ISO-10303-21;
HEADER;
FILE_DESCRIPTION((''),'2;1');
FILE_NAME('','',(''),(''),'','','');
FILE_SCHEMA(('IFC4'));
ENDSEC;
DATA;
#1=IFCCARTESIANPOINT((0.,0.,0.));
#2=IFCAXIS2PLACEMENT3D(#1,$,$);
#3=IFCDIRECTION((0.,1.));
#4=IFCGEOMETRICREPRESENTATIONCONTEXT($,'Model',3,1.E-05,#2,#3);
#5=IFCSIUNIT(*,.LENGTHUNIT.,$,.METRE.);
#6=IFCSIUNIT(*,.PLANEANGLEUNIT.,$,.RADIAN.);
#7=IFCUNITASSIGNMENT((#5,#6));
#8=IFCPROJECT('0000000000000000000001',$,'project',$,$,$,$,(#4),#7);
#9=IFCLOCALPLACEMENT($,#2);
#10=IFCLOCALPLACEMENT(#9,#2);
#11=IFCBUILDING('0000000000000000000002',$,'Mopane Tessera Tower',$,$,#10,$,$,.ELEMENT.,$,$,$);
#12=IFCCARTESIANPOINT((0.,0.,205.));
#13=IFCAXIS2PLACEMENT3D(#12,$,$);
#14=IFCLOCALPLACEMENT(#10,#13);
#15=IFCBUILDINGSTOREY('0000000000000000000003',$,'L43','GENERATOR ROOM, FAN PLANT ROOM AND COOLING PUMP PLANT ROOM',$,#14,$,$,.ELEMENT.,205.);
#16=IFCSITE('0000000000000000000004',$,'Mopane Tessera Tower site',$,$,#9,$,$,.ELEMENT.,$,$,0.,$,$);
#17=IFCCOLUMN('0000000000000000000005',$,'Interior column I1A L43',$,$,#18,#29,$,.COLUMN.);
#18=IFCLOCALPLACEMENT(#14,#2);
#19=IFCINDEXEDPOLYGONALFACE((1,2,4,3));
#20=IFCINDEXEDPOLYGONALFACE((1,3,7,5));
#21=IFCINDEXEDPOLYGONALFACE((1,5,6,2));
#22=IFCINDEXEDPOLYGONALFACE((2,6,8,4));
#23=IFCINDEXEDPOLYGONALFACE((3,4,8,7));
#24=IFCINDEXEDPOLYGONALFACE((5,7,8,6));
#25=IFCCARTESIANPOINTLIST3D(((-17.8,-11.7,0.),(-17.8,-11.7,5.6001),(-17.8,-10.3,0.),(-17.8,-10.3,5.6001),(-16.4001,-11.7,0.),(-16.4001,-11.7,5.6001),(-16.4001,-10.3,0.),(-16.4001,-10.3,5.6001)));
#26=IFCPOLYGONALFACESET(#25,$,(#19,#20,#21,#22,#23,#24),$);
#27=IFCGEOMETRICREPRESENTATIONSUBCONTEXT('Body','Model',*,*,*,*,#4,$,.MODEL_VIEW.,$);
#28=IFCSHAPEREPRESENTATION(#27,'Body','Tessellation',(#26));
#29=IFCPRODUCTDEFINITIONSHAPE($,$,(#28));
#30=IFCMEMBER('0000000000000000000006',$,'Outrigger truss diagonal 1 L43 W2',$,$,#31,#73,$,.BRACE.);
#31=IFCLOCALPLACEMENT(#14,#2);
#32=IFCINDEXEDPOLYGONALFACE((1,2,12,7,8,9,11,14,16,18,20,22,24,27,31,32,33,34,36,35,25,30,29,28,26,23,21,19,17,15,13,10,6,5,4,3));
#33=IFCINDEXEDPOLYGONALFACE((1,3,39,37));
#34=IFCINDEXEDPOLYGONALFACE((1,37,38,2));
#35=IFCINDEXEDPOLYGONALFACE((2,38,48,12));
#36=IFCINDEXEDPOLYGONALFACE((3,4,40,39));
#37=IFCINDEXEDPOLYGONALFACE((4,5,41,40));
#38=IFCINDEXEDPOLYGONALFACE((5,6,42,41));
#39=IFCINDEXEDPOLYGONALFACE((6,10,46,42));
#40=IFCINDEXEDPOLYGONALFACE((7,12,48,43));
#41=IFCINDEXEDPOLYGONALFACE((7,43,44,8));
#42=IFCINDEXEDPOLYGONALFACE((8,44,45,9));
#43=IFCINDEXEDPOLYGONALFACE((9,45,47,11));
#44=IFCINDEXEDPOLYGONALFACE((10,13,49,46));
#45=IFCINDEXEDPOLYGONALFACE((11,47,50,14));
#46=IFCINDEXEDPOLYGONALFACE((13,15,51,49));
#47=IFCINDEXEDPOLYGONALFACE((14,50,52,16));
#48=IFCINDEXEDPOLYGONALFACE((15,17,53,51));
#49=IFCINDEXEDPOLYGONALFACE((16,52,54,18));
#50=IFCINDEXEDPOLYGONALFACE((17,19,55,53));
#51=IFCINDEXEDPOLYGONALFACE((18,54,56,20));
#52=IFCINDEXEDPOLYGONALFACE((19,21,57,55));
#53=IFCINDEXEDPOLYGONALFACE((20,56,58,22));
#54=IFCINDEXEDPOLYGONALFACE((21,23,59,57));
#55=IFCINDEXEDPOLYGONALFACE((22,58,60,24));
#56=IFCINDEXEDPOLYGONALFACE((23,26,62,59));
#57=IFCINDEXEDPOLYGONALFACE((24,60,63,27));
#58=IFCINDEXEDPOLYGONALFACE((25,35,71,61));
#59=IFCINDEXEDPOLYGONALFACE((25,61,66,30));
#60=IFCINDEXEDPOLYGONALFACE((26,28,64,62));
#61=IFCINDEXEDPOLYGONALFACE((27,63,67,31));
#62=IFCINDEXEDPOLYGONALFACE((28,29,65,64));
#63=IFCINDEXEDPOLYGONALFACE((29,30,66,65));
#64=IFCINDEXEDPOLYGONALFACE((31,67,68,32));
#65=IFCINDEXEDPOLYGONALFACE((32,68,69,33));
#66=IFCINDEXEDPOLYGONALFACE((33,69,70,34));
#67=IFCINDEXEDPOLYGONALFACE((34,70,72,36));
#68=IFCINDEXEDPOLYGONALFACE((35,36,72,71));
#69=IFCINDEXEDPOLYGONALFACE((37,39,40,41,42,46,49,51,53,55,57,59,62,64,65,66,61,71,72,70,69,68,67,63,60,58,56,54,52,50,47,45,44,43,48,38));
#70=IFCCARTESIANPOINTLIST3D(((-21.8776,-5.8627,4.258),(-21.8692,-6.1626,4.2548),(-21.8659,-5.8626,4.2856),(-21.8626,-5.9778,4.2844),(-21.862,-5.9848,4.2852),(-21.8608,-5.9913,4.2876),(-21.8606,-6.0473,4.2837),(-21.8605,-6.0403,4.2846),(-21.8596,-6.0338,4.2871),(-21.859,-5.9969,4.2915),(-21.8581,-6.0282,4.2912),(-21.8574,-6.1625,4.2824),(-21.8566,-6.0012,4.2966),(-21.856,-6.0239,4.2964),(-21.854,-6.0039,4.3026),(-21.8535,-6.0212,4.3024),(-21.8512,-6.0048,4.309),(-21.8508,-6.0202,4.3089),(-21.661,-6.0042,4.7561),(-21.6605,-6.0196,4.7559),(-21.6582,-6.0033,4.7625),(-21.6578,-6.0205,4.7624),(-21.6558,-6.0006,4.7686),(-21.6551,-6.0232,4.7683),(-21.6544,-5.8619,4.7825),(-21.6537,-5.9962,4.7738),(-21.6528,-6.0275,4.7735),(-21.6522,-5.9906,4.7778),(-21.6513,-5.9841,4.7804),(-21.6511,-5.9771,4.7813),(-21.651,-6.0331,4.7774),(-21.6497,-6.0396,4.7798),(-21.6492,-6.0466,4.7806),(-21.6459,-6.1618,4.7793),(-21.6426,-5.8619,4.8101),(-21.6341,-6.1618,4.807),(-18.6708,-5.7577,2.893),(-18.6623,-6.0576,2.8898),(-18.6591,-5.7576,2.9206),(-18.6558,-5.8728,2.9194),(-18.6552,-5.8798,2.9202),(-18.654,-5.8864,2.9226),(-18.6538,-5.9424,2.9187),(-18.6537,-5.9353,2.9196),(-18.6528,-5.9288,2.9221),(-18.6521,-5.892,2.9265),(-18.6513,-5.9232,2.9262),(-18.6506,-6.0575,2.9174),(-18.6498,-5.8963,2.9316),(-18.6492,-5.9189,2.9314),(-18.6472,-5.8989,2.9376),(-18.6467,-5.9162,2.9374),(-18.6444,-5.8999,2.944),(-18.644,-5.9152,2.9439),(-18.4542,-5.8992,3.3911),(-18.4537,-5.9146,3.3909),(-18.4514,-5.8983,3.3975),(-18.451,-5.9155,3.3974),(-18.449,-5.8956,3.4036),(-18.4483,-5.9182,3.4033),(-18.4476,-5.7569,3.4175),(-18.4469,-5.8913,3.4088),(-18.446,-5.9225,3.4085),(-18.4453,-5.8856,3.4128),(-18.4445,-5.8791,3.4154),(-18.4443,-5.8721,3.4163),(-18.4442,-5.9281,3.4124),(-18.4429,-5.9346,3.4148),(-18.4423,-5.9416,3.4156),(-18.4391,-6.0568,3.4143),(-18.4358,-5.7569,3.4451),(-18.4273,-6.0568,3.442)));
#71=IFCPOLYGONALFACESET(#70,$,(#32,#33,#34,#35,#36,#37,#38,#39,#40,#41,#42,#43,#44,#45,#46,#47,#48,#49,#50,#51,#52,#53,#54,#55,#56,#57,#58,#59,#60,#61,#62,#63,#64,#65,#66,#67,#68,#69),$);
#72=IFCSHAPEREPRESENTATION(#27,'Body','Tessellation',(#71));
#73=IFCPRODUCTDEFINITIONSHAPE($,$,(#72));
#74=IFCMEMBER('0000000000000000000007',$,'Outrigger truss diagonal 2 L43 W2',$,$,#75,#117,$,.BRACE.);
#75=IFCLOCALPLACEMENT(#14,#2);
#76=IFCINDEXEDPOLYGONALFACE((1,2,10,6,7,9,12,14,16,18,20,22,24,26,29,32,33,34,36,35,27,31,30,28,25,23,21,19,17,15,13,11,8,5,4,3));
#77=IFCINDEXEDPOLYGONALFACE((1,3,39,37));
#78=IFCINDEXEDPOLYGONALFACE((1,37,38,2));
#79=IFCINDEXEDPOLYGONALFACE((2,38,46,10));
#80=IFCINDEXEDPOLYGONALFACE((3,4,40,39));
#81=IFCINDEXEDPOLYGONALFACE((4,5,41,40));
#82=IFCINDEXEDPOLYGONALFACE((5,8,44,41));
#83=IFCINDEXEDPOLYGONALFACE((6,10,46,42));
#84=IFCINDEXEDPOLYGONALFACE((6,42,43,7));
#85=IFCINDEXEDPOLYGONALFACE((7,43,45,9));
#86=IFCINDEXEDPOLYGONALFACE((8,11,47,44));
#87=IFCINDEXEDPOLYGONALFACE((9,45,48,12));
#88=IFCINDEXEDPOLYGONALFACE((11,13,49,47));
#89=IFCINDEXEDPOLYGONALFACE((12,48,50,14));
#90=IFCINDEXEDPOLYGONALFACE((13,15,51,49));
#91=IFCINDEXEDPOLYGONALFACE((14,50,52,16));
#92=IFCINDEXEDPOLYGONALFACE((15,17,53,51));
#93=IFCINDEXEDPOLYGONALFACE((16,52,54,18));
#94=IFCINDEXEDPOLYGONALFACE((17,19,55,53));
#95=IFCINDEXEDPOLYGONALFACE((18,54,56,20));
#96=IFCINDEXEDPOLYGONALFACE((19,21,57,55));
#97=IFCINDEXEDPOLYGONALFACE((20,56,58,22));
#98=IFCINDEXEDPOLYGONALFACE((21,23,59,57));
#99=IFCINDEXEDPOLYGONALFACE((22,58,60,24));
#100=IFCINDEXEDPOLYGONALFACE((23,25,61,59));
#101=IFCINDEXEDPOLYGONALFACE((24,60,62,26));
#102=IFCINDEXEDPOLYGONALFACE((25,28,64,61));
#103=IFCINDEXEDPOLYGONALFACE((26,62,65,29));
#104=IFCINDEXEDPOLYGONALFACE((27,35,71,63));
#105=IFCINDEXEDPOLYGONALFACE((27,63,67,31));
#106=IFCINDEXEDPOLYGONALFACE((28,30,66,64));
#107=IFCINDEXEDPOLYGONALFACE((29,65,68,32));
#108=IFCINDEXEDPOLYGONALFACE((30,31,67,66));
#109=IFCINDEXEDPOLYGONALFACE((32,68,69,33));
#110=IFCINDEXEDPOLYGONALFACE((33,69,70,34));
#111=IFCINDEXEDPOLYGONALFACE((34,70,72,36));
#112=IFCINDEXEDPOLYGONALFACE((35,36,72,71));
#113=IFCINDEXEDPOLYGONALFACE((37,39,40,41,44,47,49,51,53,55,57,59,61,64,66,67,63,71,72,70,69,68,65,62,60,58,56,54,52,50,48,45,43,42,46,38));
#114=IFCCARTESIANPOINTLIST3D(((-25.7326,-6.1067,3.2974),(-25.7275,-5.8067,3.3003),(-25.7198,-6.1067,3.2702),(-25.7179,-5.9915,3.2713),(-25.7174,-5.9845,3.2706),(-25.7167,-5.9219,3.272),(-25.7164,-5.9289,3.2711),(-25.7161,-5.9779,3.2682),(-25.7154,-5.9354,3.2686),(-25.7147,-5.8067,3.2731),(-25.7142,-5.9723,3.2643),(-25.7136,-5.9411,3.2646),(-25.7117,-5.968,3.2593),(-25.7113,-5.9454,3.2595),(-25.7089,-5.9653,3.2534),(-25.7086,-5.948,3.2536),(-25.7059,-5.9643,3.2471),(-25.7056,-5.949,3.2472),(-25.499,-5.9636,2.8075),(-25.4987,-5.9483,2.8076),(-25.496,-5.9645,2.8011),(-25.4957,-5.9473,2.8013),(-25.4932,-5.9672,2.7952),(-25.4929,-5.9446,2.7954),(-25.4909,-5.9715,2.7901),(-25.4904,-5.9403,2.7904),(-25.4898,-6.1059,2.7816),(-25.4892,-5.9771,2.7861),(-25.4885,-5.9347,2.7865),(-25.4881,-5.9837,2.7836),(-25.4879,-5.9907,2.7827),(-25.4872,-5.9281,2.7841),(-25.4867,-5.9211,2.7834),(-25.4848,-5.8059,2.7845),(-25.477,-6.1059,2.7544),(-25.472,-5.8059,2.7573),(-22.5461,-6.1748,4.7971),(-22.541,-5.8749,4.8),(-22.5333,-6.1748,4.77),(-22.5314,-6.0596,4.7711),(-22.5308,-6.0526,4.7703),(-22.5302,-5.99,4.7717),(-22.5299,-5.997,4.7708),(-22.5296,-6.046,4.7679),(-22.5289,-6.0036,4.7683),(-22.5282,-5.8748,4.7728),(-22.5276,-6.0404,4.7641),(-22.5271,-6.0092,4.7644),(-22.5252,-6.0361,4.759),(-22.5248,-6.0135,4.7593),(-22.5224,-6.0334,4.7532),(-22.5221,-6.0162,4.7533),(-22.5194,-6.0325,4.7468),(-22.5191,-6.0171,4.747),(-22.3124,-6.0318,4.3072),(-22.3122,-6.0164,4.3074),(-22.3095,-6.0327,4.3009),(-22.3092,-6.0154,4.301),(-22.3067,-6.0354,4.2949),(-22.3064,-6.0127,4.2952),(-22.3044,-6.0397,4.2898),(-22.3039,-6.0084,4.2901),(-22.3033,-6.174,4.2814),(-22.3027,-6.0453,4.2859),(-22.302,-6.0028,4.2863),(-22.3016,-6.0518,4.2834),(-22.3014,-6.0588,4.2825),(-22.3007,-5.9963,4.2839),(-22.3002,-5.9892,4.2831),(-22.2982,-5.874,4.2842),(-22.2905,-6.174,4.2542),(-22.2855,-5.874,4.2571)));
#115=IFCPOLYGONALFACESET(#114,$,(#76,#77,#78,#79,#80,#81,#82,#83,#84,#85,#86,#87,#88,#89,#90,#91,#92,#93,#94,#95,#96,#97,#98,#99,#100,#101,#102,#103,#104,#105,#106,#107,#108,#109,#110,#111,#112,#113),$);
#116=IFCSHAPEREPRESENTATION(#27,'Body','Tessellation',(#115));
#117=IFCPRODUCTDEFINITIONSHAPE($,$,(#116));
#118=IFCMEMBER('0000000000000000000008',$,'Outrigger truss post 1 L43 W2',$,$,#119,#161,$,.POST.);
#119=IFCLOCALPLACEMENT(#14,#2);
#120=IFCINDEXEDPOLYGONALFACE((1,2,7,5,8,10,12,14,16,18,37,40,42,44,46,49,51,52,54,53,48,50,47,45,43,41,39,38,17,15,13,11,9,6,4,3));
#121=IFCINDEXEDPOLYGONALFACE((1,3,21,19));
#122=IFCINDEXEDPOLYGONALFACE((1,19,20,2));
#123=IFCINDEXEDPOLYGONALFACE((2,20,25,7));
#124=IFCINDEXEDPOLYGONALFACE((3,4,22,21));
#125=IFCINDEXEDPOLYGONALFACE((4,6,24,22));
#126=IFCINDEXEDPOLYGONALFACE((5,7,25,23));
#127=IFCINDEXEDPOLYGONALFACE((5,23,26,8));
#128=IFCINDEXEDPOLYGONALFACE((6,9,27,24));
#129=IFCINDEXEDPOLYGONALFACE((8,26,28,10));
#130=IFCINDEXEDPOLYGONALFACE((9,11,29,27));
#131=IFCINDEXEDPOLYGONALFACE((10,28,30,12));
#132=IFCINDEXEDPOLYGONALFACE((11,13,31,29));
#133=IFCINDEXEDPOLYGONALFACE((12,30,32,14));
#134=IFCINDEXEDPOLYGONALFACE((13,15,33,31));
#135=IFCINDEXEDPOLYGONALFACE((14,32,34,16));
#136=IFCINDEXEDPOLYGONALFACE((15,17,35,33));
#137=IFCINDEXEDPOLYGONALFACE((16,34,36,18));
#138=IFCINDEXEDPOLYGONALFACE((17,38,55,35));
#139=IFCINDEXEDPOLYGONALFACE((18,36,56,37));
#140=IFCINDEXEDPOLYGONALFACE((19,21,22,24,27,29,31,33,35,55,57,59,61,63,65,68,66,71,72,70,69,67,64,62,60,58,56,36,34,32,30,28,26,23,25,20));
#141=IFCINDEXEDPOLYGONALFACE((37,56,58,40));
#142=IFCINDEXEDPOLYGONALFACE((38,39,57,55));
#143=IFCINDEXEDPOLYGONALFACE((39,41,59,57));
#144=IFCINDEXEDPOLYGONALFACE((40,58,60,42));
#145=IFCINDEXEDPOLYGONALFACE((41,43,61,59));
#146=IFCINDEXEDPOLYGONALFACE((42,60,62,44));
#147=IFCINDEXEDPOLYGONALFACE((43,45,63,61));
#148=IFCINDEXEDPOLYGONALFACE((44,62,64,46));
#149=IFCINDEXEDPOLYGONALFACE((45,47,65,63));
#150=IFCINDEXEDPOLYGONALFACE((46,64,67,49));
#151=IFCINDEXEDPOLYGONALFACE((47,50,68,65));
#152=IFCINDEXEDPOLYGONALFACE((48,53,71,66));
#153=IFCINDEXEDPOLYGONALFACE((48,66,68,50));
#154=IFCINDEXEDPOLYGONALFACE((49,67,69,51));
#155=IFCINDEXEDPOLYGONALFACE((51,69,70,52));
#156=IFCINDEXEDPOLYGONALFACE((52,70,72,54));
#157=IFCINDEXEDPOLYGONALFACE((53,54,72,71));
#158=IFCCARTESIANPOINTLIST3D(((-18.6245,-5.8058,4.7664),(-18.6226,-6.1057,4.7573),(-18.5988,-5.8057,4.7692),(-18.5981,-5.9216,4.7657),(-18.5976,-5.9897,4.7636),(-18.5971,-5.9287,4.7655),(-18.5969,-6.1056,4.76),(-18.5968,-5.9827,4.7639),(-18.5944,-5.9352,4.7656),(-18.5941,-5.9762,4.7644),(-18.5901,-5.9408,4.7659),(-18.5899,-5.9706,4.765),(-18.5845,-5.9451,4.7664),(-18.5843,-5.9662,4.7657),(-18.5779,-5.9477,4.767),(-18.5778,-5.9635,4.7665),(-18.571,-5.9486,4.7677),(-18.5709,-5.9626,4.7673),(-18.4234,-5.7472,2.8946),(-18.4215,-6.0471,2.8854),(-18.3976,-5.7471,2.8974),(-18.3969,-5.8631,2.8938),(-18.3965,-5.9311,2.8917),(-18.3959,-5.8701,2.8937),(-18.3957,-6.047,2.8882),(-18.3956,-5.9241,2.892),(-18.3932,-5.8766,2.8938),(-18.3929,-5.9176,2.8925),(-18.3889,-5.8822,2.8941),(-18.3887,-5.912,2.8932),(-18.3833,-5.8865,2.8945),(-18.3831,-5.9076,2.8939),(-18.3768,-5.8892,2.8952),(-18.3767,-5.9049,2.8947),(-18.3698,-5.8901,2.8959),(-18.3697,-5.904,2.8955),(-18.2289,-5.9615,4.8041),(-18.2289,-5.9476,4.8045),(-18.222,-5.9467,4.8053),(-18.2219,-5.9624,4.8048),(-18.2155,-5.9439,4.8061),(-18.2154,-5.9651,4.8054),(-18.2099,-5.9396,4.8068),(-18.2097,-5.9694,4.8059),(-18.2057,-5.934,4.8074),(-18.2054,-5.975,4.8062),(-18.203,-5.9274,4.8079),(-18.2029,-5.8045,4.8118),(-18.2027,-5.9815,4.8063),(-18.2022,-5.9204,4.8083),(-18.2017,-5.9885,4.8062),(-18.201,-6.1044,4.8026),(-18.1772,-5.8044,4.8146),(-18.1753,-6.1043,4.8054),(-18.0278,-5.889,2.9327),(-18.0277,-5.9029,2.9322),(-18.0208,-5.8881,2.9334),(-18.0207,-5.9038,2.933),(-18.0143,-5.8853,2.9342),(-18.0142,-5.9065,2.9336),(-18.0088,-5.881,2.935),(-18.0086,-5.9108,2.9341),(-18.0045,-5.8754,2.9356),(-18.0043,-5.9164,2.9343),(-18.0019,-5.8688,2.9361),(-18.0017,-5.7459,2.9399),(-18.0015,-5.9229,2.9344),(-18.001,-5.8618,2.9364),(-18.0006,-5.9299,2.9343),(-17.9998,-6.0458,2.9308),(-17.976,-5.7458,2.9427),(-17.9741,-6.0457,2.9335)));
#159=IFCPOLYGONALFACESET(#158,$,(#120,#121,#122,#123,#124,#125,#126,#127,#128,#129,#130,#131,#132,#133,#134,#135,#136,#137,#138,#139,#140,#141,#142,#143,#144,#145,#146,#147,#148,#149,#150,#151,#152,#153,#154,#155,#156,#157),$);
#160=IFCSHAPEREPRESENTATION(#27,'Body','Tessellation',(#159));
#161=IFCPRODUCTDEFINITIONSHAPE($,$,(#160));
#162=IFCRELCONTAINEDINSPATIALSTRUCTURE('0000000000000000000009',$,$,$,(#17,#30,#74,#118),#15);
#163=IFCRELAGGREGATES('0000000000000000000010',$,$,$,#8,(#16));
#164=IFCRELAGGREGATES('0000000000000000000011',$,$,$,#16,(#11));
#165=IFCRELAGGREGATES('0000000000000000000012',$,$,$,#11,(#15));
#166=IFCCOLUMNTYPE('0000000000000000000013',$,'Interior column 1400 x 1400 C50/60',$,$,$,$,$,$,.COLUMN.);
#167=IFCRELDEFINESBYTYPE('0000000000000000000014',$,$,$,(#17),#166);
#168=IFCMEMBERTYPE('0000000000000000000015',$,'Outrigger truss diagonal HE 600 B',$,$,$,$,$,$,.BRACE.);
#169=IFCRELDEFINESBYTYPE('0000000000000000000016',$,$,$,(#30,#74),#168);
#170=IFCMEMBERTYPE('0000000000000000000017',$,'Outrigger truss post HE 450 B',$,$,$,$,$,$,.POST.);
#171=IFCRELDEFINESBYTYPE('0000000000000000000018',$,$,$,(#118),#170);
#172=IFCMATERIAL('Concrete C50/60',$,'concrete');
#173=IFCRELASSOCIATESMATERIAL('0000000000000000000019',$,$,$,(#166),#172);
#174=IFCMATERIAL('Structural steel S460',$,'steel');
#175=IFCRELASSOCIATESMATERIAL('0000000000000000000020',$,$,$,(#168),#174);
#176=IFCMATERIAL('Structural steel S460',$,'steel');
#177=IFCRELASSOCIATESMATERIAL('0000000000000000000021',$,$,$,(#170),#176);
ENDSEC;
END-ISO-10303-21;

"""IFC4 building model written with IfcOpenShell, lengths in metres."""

from ifc_helpers import new_model, si_unit, direction, frame, origin, origin_2d, place, context, subcontext, project, spatial, rectangle, i_section, extrude, material, material_profile, profile_set, type_object, element, save


model = new_model("IFC4")

# Units and contexts
model_context = context("Model", 3, precision=1e-05, world=origin(), true_north=direction((0.0, 1.0)))
body_context = subcontext(model_context, "Body", "Model", "MODEL_VIEW")
ifc_project = project(units=[si_unit("LENGTHUNIT", "METRE"), si_unit("PLANEANGLEUNIT", "RADIAN")], contexts=[model_context])

# Site, building, storey
site_placement = place(None, origin())
site = spatial("IfcSite", under=ifc_project, at=site_placement, Name="Mopane Tessera Tower site", CompositionType="ELEMENT", RefElevation=0.0)
building_placement = place(site_placement, origin())
building = spatial("IfcBuilding", under=site, at=building_placement, Name="Mopane Tessera Tower", CompositionType="ELEMENT")
storey_placement = place(building_placement, frame((0.0, 0.0, 205.0)))
storey = spatial("IfcBuildingStorey", under=building, at=storey_placement, Name="L43", Description="GENERATOR ROOM, FAN PLANT ROOM AND COOLING PUMP PLANT ROOM", CompositionType="ELEMENT", Elevation=205.0)

# Column
ifc_material_1 = material(Name="Concrete C50/60", Category="concrete")
ifc_material_profile_1 = material_profile(ifc_material_1, rectangle(XDim=1.3999, YDim=1.3999, at=origin_2d()))
ifc_profile_set_1 = profile_set([ifc_material_profile_1], Name="Concrete C50/60")
column_type = type_object("IfcColumnType", Name="Interior column 1400 x 1400 C50/60", PredefinedType="COLUMN", material=ifc_profile_set_1)
column_placement = place(storey_placement, frame((-17.1001, -11.0, 0.0), z_axis=(0.0, 0.0, 1.0), x_axis=(1.0, 0.0, 0.0)))
element("IfcColumn", 1, at=column_placement, inside=storey, type_object=column_type, Name="Interior column I1A L43", PredefinedType="COLUMN", context=body_context, shape_type="SweptSolid", body=[
    extrude(rectangle(XDim=1.3999, YDim=1.3999, at=origin_2d()), origin(), (0.0, 0.0, 1.0), 5.6001),
])

# Members
ifc_material_2 = material(Name="Structural steel S460", Category="steel")
ifc_material_profile_2 = material_profile(ifc_material_2, i_section(OverallWidth=0.3, OverallDepth=0.6001, WebThickness=0.0154, FlangeThickness=0.03, FilletRadius=0.0271, at=origin_2d()))
ifc_profile_set_2 = profile_set([ifc_material_profile_2], Name="Structural steel S460")
member_type_1 = type_object("IfcMemberType", Name="Outrigger truss diagonal HE 600 B", PredefinedType="BRACE", material=ifc_profile_set_2)
member_1_placement = place(storey_placement, frame((-18.5491, -5.9072, 3.1675), z_axis=(-0.919696, -0.030108, 0.391475), x_axis=(0.028225, -0.999546, -0.010565)))
element("IfcMember", 2, at=member_1_placement, inside=storey, type_object=member_type_1, Name="Outrigger truss diagonal 1 L43 W2", PredefinedType="BRACE", context=body_context, shape_type="SweptSolid", body=[
    extrude(i_section(OverallWidth=0.3, OverallDepth=0.6001, WebThickness=0.0154, FlangeThickness=0.03, FilletRadius=0.0271, at=origin_2d()), origin(), (0.0, 0.0, 1.0), 3.4868),
])
member_2_placement = place(storey_placement, frame((-22.4158, -6.0244, 4.5271), z_axis=(-0.904626, 0.019337, -0.425767), x_axis=(-0.016879, -0.999812, -0.009546)))
element("IfcMember", 3, at=member_2_placement, inside=storey, type_object=member_type_1, Name="Outrigger truss diagonal 2 L43 W2", PredefinedType="BRACE", context=body_context, shape_type="SweptSolid", body=[
    extrude(i_section(OverallWidth=0.3, OverallDepth=0.6001, WebThickness=0.0154, FlangeThickness=0.03, FilletRadius=0.0271, at=origin_2d()), origin(), (0.0, 0.0, 1.0), 3.5225),
])
ifc_material_3 = material(Name="Structural steel S460", Category="steel")
ifc_material_profile_3 = material_profile(ifc_material_3, i_section(OverallWidth=0.3, OverallDepth=0.45, WebThickness=0.0139, FlangeThickness=0.0259, FilletRadius=0.0271, at=origin_2d()))
ifc_profile_set_3 = profile_set([ifc_material_profile_3], Name="Structural steel S460")
member_type_2 = type_object("IfcMemberType", Name="Outrigger truss post HE 450 B", PredefinedType="POST", material=ifc_profile_set_3)
member_3_placement = place(storey_placement, frame((-18.1987, -5.8965, 2.9141), z_axis=(-0.106807, -0.031109, 0.993793), x_axis=(0.006359, -0.999511, -0.030604)))
element("IfcMember", 4, at=member_3_placement, inside=storey, type_object=member_type_2, Name="Outrigger truss post 1 L43 W2", PredefinedType="POST", context=body_context, shape_type="SweptSolid", body=[
    extrude(i_section(OverallWidth=0.3, OverallDepth=0.45, WebThickness=0.0139, FlangeThickness=0.0259, FilletRadius=0.0271, at=origin_2d()), origin(), (0.0, 0.0, 1.0), 1.8835),
])

save(model, "model.ifc")
